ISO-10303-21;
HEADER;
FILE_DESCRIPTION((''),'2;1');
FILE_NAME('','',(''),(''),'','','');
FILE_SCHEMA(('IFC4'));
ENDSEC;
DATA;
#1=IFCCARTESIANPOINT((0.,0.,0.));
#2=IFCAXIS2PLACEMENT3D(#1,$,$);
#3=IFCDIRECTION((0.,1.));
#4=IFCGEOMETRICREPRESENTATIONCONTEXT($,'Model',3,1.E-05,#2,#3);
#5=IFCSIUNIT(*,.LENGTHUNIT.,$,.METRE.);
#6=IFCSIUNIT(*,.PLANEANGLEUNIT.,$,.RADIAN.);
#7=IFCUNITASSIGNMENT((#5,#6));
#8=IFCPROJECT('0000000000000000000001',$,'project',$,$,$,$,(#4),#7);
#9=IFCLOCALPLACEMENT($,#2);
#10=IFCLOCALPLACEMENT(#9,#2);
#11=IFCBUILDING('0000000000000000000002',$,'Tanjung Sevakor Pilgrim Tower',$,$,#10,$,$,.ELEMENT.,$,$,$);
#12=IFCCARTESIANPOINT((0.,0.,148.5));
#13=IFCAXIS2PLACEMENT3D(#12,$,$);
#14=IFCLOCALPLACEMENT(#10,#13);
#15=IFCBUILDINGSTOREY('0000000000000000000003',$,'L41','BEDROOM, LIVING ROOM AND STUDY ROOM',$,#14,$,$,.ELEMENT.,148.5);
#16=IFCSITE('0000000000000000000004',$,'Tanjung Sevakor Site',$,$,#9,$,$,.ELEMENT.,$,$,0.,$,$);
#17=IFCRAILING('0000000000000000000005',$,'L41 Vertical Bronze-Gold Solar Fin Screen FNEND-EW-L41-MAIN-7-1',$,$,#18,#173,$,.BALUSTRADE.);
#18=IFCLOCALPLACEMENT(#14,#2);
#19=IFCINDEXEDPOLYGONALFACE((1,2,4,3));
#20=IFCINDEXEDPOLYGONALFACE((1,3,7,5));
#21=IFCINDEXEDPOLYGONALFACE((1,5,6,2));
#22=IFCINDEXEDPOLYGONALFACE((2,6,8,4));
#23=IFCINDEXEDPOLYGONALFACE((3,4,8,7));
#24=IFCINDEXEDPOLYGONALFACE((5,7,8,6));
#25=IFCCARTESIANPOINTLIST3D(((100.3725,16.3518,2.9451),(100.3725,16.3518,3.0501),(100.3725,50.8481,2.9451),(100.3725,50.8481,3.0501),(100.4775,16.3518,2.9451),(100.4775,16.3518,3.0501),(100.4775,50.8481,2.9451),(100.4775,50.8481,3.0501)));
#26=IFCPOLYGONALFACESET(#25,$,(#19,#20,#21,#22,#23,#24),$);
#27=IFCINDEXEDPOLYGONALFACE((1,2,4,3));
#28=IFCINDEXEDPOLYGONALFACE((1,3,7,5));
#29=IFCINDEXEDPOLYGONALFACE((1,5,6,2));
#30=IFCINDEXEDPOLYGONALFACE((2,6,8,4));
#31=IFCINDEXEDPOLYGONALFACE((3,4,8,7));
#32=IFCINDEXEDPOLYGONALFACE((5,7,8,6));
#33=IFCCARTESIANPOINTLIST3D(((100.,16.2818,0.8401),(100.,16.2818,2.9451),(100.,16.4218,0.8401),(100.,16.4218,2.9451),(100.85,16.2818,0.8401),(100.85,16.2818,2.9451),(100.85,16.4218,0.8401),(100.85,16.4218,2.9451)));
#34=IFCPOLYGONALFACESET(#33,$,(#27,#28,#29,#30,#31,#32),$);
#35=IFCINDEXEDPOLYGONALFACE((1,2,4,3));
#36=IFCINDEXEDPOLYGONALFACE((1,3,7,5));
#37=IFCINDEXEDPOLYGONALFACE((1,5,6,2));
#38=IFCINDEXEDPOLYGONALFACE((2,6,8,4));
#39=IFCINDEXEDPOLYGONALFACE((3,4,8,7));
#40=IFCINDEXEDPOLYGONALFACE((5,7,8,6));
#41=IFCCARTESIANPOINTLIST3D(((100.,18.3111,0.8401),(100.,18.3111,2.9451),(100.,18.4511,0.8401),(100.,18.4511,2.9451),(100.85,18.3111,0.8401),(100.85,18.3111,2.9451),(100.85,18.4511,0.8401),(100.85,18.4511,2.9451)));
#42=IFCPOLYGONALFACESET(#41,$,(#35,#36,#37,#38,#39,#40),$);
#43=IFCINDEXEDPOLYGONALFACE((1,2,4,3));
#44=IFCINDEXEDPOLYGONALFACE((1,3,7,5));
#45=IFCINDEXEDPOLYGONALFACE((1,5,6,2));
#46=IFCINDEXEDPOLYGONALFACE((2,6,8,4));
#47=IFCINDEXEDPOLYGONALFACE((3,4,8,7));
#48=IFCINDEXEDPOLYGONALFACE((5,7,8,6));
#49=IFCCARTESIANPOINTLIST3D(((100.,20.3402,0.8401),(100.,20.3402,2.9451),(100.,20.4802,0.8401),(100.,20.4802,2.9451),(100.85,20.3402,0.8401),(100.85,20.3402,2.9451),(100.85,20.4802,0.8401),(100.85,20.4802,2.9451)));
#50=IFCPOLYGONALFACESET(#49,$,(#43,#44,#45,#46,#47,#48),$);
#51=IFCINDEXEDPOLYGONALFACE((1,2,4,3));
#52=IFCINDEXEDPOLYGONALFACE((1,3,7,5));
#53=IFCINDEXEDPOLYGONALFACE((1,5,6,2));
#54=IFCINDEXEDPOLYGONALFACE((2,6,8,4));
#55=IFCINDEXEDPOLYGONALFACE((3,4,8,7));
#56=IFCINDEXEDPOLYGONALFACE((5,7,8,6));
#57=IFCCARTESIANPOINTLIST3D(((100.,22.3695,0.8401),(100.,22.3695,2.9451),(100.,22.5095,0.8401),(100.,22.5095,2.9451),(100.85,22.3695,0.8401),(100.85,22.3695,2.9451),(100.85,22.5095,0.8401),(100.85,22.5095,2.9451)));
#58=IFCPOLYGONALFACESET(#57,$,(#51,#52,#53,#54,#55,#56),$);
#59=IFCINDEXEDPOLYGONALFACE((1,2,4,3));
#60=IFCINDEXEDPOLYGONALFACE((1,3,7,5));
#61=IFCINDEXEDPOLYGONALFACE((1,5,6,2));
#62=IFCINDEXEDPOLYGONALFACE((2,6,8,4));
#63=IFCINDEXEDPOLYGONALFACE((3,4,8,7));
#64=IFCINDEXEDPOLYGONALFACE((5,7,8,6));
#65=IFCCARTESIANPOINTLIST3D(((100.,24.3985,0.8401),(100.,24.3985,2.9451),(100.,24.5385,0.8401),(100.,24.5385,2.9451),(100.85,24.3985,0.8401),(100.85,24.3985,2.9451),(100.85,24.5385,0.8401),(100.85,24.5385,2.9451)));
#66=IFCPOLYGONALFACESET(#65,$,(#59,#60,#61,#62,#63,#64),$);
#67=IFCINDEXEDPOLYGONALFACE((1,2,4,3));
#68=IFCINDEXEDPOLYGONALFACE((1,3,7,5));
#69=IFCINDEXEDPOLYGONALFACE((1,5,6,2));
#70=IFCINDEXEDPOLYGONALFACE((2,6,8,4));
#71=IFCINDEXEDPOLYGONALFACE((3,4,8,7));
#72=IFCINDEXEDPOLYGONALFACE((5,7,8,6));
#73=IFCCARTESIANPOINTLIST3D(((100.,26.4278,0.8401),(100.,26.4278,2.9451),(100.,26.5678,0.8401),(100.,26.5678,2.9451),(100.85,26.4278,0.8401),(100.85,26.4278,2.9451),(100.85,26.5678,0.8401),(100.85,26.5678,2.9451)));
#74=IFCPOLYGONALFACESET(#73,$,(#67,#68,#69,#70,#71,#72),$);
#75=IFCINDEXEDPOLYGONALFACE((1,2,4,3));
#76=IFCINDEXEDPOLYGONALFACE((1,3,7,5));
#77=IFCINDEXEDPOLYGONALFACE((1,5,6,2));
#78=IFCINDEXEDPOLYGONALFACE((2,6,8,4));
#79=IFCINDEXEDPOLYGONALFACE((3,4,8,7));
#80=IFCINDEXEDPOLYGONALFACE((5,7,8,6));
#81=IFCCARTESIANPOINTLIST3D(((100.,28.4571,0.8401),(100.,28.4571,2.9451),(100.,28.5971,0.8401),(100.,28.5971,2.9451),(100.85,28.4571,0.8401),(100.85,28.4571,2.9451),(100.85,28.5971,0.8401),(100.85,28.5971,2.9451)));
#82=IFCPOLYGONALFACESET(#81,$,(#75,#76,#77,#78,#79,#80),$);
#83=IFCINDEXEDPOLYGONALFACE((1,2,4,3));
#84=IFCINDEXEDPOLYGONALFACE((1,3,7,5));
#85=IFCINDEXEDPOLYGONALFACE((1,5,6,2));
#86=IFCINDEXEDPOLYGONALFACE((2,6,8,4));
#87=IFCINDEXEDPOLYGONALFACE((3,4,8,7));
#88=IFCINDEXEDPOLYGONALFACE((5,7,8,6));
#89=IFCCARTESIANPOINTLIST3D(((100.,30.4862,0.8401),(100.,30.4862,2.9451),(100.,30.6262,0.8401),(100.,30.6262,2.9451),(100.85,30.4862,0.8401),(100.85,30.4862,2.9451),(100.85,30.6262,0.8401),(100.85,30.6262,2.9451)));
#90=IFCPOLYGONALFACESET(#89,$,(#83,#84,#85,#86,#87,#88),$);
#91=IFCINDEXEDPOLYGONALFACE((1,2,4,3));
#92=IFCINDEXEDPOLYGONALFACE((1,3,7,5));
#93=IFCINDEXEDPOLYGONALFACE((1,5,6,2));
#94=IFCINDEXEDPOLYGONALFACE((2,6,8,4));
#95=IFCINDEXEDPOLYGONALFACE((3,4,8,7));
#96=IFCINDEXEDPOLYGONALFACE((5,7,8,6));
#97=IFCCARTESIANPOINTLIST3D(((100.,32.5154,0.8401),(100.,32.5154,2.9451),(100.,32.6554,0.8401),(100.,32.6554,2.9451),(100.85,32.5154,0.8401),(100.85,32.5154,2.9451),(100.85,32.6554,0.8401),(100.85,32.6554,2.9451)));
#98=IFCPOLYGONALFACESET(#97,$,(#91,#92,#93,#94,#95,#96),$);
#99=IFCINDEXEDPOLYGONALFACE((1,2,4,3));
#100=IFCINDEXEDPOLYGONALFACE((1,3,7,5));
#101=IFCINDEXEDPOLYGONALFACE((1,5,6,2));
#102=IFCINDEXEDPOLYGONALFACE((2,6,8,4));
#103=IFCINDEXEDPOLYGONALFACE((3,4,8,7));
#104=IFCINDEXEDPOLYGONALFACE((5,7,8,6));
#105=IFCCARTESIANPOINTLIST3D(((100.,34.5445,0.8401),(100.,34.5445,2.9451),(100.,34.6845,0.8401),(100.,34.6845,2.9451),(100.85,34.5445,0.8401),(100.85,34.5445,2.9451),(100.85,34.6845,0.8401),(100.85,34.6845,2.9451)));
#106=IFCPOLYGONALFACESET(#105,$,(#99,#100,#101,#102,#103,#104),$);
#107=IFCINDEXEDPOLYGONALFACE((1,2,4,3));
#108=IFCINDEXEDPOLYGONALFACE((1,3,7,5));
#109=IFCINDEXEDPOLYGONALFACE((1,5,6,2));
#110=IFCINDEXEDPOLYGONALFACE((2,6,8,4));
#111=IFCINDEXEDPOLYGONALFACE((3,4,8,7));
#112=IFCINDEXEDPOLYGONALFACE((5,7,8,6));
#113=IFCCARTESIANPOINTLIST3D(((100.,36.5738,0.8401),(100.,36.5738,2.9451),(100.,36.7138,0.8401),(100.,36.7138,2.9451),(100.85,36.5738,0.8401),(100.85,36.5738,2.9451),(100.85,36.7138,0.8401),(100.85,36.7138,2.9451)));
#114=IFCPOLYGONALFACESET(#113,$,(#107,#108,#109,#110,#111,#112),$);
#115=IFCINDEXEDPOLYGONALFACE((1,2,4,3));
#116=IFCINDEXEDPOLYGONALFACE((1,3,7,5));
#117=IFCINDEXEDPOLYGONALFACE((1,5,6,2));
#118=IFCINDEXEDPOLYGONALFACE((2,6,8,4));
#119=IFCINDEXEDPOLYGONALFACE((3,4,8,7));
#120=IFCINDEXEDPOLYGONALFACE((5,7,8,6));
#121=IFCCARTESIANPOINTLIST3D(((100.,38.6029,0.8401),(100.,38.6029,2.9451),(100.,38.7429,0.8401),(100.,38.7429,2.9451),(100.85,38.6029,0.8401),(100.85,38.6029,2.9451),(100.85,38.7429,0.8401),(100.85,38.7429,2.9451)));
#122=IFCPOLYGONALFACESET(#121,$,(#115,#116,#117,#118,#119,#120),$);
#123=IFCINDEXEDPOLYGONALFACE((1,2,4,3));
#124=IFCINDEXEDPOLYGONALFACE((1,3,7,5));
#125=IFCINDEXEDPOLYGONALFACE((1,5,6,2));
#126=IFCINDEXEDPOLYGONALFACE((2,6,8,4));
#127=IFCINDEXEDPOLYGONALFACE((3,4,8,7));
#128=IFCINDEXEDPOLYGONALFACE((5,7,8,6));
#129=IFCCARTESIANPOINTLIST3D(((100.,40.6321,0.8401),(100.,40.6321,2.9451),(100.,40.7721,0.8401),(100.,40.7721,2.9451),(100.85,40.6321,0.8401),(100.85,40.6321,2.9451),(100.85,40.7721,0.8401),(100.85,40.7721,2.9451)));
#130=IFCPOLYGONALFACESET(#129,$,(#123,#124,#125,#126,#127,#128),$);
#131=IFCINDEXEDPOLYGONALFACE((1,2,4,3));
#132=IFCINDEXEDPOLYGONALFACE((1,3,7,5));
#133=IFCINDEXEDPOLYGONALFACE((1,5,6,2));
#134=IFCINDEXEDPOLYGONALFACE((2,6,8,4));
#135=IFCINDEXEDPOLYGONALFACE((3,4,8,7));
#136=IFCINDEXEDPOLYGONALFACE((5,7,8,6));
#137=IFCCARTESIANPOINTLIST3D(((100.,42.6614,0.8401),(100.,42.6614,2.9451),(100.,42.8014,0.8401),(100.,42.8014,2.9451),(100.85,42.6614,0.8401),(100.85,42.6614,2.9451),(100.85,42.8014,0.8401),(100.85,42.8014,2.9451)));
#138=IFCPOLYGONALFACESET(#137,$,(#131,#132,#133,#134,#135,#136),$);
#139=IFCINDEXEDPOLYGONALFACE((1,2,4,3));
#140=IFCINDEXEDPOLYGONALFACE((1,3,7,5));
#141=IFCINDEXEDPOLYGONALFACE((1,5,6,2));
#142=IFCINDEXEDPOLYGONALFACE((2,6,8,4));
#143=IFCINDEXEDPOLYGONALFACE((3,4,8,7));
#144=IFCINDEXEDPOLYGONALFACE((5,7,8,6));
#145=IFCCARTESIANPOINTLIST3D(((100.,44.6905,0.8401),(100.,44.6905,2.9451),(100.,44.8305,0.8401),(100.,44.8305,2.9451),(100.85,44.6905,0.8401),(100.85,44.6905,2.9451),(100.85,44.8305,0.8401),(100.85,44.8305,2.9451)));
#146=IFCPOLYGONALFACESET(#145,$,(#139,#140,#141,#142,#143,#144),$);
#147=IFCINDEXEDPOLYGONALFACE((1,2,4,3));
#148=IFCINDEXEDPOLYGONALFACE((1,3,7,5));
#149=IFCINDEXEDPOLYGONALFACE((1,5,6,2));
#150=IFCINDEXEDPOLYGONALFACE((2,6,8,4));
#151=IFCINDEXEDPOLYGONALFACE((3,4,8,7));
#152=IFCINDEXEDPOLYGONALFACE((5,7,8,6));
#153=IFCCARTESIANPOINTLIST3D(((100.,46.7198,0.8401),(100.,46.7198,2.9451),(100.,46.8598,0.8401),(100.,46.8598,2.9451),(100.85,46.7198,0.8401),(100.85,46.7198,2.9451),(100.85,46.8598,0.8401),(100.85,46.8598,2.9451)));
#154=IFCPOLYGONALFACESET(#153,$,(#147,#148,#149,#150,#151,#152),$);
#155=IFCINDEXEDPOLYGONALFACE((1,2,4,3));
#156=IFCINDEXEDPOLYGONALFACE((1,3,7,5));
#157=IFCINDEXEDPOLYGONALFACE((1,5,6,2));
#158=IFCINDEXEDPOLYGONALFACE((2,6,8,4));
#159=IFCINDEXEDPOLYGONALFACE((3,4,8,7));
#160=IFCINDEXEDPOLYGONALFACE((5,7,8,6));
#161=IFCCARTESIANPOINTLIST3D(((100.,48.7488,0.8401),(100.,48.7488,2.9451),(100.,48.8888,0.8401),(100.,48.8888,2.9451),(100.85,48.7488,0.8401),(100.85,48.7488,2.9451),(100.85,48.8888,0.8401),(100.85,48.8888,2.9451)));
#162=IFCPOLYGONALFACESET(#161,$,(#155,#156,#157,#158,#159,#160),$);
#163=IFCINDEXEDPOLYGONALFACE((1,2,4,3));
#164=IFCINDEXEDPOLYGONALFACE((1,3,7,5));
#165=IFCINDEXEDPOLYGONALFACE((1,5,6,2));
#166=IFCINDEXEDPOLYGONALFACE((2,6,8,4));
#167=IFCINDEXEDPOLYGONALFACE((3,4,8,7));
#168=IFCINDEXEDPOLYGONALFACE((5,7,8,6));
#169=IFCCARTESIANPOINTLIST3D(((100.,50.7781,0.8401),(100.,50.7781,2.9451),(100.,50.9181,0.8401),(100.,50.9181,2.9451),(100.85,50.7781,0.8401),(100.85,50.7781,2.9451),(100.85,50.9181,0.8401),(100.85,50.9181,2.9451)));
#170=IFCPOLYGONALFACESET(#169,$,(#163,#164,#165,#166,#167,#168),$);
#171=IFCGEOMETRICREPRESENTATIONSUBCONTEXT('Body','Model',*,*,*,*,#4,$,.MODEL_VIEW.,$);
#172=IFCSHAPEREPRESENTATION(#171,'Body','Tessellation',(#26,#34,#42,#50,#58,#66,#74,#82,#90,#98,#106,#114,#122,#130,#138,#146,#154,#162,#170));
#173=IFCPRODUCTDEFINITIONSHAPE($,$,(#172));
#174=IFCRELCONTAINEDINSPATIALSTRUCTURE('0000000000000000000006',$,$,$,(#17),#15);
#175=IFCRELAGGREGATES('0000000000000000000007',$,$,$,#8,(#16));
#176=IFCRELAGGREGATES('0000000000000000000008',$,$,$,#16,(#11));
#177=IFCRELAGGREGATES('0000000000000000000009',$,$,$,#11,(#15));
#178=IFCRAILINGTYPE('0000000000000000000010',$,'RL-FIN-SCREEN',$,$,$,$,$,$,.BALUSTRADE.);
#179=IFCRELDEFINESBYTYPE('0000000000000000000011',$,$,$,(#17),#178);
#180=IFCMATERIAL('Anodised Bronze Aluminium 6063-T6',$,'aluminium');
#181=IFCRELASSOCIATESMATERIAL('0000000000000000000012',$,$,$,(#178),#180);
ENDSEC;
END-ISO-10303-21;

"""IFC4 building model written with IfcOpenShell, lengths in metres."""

from ifc_helpers import new_model, si_unit, direction, frame, origin, place, context, subcontext, project, spatial, rectangle, extrude, material, type_object, element, save


model = new_model("IFC4")

# Units and contexts
model_context = context("Model", 3, precision=1e-05, world=origin(), true_north=direction((0.0, 1.0)))
body_context = subcontext(model_context, "Body", "Model", "MODEL_VIEW")
ifc_project = project(units=[si_unit("LENGTHUNIT", "METRE"), si_unit("PLANEANGLEUNIT", "RADIAN")], contexts=[model_context])

# Site, building, storey
site_placement = place(None, origin())
site = spatial("IfcSite", under=ifc_project, at=site_placement, Name="Tanjung Sevakor Site", CompositionType="ELEMENT", RefElevation=0.0)
building_placement = place(site_placement, origin())
building = spatial("IfcBuilding", under=site, at=building_placement, Name="Tanjung Sevakor Pilgrim Tower", CompositionType="ELEMENT")
storey_placement = place(building_placement, frame((0.0, 0.0, 148.5)))
storey = spatial("IfcBuildingStorey", under=building, at=storey_placement, Name="L41", Description="BEDROOM, LIVING ROOM AND STUDY ROOM", CompositionType="ELEMENT", Elevation=148.5)

# Railing
ifc_material_1 = material(Name="Anodised Bronze Aluminium 6063-T6", Category="aluminium")
railing_type = type_object("IfcRailingType", Name="RL-FIN-SCREEN", PredefinedType="BALUSTRADE", material=ifc_material_1)
railing_placement = place(storey_placement, frame((100.425, 16.3518, 0.8401)))
element("IfcRailing", 1, at=railing_placement, inside=storey, type_object=railing_type, Name="L41 Vertical Bronze-Gold Solar Fin Screen FNEND-EW-L41-MAIN-7-1", PredefinedType="BALUSTRADE", context=body_context, shape_type="SweptSolid", body=[
    extrude(rectangle(XDim=0.105, YDim=0.105), frame((0.0, 0.0, 2.1575), z_axis=(0.0, 1.0, 0.0), x_axis=(-1.0, 0.0, 0.0)), (0.0, 0.0, 1.0), 34.4963),
    extrude(rectangle(XDim=0.85, YDim=0.14), origin(), (0.0, 0.0, 1.0), 2.105),
    extrude(rectangle(XDim=0.85, YDim=0.14), frame((0.0, 2.0293, 0.0)), (0.0, 0.0, 1.0), 2.105),
    extrude(rectangle(XDim=0.85, YDim=0.14), frame((0.0, 4.0583, 0.0)), (0.0, 0.0, 1.0), 2.105),
    extrude(rectangle(XDim=0.85, YDim=0.14), frame((0.0, 6.0876, 0.0)), (0.0, 0.0, 1.0), 2.105),
    extrude(rectangle(XDim=0.85, YDim=0.14), frame((0.0, 8.1167, 0.0)), (0.0, 0.0, 1.0), 2.105),
    extrude(rectangle(XDim=0.85, YDim=0.14), frame((0.0, 10.146, 0.0)), (0.0, 0.0, 1.0), 2.105),
    extrude(rectangle(XDim=0.85, YDim=0.14), frame((0.0, 12.1753, 0.0)), (0.0, 0.0, 1.0), 2.105),
    extrude(rectangle(XDim=0.85, YDim=0.14), frame((0.0, 14.2043, 0.0)), (0.0, 0.0, 1.0), 2.105),
    extrude(rectangle(XDim=0.85, YDim=0.14), frame((0.0, 16.2336, 0.0)), (0.0, 0.0, 1.0), 2.105),
    extrude(rectangle(XDim=0.85, YDim=0.14), frame((0.0, 18.2627, 0.0)), (0.0, 0.0, 1.0), 2.105),
    extrude(rectangle(XDim=0.85, YDim=0.14), frame((0.0, 20.292, 0.0)), (0.0, 0.0, 1.0), 2.105),
    extrude(rectangle(XDim=0.85, YDim=0.14), frame((0.0, 22.321, 0.0)), (0.0, 0.0, 1.0), 2.105),
    extrude(rectangle(XDim=0.85, YDim=0.14), frame((0.0, 24.3503, 0.0)), (0.0, 0.0, 1.0), 2.105),
    extrude(rectangle(XDim=0.85, YDim=0.14), frame((0.0, 26.3796, 0.0)), (0.0, 0.0, 1.0), 2.105),
    extrude(rectangle(XDim=0.85, YDim=0.14), frame((0.0, 28.4087, 0.0)), (0.0, 0.0, 1.0), 2.105),
    extrude(rectangle(XDim=0.85, YDim=0.14), frame((0.0, 30.438, 0.0)), (0.0, 0.0, 1.0), 2.105),
    extrude(rectangle(XDim=0.85, YDim=0.14), frame((0.0, 32.467, 0.0)), (0.0, 0.0, 1.0), 2.105),
    extrude(rectangle(XDim=0.85, YDim=0.14), frame((0.0, 34.4963, 0.0)), (0.0, 0.0, 1.0), 2.105),
])

save(model, "model.ifc")
